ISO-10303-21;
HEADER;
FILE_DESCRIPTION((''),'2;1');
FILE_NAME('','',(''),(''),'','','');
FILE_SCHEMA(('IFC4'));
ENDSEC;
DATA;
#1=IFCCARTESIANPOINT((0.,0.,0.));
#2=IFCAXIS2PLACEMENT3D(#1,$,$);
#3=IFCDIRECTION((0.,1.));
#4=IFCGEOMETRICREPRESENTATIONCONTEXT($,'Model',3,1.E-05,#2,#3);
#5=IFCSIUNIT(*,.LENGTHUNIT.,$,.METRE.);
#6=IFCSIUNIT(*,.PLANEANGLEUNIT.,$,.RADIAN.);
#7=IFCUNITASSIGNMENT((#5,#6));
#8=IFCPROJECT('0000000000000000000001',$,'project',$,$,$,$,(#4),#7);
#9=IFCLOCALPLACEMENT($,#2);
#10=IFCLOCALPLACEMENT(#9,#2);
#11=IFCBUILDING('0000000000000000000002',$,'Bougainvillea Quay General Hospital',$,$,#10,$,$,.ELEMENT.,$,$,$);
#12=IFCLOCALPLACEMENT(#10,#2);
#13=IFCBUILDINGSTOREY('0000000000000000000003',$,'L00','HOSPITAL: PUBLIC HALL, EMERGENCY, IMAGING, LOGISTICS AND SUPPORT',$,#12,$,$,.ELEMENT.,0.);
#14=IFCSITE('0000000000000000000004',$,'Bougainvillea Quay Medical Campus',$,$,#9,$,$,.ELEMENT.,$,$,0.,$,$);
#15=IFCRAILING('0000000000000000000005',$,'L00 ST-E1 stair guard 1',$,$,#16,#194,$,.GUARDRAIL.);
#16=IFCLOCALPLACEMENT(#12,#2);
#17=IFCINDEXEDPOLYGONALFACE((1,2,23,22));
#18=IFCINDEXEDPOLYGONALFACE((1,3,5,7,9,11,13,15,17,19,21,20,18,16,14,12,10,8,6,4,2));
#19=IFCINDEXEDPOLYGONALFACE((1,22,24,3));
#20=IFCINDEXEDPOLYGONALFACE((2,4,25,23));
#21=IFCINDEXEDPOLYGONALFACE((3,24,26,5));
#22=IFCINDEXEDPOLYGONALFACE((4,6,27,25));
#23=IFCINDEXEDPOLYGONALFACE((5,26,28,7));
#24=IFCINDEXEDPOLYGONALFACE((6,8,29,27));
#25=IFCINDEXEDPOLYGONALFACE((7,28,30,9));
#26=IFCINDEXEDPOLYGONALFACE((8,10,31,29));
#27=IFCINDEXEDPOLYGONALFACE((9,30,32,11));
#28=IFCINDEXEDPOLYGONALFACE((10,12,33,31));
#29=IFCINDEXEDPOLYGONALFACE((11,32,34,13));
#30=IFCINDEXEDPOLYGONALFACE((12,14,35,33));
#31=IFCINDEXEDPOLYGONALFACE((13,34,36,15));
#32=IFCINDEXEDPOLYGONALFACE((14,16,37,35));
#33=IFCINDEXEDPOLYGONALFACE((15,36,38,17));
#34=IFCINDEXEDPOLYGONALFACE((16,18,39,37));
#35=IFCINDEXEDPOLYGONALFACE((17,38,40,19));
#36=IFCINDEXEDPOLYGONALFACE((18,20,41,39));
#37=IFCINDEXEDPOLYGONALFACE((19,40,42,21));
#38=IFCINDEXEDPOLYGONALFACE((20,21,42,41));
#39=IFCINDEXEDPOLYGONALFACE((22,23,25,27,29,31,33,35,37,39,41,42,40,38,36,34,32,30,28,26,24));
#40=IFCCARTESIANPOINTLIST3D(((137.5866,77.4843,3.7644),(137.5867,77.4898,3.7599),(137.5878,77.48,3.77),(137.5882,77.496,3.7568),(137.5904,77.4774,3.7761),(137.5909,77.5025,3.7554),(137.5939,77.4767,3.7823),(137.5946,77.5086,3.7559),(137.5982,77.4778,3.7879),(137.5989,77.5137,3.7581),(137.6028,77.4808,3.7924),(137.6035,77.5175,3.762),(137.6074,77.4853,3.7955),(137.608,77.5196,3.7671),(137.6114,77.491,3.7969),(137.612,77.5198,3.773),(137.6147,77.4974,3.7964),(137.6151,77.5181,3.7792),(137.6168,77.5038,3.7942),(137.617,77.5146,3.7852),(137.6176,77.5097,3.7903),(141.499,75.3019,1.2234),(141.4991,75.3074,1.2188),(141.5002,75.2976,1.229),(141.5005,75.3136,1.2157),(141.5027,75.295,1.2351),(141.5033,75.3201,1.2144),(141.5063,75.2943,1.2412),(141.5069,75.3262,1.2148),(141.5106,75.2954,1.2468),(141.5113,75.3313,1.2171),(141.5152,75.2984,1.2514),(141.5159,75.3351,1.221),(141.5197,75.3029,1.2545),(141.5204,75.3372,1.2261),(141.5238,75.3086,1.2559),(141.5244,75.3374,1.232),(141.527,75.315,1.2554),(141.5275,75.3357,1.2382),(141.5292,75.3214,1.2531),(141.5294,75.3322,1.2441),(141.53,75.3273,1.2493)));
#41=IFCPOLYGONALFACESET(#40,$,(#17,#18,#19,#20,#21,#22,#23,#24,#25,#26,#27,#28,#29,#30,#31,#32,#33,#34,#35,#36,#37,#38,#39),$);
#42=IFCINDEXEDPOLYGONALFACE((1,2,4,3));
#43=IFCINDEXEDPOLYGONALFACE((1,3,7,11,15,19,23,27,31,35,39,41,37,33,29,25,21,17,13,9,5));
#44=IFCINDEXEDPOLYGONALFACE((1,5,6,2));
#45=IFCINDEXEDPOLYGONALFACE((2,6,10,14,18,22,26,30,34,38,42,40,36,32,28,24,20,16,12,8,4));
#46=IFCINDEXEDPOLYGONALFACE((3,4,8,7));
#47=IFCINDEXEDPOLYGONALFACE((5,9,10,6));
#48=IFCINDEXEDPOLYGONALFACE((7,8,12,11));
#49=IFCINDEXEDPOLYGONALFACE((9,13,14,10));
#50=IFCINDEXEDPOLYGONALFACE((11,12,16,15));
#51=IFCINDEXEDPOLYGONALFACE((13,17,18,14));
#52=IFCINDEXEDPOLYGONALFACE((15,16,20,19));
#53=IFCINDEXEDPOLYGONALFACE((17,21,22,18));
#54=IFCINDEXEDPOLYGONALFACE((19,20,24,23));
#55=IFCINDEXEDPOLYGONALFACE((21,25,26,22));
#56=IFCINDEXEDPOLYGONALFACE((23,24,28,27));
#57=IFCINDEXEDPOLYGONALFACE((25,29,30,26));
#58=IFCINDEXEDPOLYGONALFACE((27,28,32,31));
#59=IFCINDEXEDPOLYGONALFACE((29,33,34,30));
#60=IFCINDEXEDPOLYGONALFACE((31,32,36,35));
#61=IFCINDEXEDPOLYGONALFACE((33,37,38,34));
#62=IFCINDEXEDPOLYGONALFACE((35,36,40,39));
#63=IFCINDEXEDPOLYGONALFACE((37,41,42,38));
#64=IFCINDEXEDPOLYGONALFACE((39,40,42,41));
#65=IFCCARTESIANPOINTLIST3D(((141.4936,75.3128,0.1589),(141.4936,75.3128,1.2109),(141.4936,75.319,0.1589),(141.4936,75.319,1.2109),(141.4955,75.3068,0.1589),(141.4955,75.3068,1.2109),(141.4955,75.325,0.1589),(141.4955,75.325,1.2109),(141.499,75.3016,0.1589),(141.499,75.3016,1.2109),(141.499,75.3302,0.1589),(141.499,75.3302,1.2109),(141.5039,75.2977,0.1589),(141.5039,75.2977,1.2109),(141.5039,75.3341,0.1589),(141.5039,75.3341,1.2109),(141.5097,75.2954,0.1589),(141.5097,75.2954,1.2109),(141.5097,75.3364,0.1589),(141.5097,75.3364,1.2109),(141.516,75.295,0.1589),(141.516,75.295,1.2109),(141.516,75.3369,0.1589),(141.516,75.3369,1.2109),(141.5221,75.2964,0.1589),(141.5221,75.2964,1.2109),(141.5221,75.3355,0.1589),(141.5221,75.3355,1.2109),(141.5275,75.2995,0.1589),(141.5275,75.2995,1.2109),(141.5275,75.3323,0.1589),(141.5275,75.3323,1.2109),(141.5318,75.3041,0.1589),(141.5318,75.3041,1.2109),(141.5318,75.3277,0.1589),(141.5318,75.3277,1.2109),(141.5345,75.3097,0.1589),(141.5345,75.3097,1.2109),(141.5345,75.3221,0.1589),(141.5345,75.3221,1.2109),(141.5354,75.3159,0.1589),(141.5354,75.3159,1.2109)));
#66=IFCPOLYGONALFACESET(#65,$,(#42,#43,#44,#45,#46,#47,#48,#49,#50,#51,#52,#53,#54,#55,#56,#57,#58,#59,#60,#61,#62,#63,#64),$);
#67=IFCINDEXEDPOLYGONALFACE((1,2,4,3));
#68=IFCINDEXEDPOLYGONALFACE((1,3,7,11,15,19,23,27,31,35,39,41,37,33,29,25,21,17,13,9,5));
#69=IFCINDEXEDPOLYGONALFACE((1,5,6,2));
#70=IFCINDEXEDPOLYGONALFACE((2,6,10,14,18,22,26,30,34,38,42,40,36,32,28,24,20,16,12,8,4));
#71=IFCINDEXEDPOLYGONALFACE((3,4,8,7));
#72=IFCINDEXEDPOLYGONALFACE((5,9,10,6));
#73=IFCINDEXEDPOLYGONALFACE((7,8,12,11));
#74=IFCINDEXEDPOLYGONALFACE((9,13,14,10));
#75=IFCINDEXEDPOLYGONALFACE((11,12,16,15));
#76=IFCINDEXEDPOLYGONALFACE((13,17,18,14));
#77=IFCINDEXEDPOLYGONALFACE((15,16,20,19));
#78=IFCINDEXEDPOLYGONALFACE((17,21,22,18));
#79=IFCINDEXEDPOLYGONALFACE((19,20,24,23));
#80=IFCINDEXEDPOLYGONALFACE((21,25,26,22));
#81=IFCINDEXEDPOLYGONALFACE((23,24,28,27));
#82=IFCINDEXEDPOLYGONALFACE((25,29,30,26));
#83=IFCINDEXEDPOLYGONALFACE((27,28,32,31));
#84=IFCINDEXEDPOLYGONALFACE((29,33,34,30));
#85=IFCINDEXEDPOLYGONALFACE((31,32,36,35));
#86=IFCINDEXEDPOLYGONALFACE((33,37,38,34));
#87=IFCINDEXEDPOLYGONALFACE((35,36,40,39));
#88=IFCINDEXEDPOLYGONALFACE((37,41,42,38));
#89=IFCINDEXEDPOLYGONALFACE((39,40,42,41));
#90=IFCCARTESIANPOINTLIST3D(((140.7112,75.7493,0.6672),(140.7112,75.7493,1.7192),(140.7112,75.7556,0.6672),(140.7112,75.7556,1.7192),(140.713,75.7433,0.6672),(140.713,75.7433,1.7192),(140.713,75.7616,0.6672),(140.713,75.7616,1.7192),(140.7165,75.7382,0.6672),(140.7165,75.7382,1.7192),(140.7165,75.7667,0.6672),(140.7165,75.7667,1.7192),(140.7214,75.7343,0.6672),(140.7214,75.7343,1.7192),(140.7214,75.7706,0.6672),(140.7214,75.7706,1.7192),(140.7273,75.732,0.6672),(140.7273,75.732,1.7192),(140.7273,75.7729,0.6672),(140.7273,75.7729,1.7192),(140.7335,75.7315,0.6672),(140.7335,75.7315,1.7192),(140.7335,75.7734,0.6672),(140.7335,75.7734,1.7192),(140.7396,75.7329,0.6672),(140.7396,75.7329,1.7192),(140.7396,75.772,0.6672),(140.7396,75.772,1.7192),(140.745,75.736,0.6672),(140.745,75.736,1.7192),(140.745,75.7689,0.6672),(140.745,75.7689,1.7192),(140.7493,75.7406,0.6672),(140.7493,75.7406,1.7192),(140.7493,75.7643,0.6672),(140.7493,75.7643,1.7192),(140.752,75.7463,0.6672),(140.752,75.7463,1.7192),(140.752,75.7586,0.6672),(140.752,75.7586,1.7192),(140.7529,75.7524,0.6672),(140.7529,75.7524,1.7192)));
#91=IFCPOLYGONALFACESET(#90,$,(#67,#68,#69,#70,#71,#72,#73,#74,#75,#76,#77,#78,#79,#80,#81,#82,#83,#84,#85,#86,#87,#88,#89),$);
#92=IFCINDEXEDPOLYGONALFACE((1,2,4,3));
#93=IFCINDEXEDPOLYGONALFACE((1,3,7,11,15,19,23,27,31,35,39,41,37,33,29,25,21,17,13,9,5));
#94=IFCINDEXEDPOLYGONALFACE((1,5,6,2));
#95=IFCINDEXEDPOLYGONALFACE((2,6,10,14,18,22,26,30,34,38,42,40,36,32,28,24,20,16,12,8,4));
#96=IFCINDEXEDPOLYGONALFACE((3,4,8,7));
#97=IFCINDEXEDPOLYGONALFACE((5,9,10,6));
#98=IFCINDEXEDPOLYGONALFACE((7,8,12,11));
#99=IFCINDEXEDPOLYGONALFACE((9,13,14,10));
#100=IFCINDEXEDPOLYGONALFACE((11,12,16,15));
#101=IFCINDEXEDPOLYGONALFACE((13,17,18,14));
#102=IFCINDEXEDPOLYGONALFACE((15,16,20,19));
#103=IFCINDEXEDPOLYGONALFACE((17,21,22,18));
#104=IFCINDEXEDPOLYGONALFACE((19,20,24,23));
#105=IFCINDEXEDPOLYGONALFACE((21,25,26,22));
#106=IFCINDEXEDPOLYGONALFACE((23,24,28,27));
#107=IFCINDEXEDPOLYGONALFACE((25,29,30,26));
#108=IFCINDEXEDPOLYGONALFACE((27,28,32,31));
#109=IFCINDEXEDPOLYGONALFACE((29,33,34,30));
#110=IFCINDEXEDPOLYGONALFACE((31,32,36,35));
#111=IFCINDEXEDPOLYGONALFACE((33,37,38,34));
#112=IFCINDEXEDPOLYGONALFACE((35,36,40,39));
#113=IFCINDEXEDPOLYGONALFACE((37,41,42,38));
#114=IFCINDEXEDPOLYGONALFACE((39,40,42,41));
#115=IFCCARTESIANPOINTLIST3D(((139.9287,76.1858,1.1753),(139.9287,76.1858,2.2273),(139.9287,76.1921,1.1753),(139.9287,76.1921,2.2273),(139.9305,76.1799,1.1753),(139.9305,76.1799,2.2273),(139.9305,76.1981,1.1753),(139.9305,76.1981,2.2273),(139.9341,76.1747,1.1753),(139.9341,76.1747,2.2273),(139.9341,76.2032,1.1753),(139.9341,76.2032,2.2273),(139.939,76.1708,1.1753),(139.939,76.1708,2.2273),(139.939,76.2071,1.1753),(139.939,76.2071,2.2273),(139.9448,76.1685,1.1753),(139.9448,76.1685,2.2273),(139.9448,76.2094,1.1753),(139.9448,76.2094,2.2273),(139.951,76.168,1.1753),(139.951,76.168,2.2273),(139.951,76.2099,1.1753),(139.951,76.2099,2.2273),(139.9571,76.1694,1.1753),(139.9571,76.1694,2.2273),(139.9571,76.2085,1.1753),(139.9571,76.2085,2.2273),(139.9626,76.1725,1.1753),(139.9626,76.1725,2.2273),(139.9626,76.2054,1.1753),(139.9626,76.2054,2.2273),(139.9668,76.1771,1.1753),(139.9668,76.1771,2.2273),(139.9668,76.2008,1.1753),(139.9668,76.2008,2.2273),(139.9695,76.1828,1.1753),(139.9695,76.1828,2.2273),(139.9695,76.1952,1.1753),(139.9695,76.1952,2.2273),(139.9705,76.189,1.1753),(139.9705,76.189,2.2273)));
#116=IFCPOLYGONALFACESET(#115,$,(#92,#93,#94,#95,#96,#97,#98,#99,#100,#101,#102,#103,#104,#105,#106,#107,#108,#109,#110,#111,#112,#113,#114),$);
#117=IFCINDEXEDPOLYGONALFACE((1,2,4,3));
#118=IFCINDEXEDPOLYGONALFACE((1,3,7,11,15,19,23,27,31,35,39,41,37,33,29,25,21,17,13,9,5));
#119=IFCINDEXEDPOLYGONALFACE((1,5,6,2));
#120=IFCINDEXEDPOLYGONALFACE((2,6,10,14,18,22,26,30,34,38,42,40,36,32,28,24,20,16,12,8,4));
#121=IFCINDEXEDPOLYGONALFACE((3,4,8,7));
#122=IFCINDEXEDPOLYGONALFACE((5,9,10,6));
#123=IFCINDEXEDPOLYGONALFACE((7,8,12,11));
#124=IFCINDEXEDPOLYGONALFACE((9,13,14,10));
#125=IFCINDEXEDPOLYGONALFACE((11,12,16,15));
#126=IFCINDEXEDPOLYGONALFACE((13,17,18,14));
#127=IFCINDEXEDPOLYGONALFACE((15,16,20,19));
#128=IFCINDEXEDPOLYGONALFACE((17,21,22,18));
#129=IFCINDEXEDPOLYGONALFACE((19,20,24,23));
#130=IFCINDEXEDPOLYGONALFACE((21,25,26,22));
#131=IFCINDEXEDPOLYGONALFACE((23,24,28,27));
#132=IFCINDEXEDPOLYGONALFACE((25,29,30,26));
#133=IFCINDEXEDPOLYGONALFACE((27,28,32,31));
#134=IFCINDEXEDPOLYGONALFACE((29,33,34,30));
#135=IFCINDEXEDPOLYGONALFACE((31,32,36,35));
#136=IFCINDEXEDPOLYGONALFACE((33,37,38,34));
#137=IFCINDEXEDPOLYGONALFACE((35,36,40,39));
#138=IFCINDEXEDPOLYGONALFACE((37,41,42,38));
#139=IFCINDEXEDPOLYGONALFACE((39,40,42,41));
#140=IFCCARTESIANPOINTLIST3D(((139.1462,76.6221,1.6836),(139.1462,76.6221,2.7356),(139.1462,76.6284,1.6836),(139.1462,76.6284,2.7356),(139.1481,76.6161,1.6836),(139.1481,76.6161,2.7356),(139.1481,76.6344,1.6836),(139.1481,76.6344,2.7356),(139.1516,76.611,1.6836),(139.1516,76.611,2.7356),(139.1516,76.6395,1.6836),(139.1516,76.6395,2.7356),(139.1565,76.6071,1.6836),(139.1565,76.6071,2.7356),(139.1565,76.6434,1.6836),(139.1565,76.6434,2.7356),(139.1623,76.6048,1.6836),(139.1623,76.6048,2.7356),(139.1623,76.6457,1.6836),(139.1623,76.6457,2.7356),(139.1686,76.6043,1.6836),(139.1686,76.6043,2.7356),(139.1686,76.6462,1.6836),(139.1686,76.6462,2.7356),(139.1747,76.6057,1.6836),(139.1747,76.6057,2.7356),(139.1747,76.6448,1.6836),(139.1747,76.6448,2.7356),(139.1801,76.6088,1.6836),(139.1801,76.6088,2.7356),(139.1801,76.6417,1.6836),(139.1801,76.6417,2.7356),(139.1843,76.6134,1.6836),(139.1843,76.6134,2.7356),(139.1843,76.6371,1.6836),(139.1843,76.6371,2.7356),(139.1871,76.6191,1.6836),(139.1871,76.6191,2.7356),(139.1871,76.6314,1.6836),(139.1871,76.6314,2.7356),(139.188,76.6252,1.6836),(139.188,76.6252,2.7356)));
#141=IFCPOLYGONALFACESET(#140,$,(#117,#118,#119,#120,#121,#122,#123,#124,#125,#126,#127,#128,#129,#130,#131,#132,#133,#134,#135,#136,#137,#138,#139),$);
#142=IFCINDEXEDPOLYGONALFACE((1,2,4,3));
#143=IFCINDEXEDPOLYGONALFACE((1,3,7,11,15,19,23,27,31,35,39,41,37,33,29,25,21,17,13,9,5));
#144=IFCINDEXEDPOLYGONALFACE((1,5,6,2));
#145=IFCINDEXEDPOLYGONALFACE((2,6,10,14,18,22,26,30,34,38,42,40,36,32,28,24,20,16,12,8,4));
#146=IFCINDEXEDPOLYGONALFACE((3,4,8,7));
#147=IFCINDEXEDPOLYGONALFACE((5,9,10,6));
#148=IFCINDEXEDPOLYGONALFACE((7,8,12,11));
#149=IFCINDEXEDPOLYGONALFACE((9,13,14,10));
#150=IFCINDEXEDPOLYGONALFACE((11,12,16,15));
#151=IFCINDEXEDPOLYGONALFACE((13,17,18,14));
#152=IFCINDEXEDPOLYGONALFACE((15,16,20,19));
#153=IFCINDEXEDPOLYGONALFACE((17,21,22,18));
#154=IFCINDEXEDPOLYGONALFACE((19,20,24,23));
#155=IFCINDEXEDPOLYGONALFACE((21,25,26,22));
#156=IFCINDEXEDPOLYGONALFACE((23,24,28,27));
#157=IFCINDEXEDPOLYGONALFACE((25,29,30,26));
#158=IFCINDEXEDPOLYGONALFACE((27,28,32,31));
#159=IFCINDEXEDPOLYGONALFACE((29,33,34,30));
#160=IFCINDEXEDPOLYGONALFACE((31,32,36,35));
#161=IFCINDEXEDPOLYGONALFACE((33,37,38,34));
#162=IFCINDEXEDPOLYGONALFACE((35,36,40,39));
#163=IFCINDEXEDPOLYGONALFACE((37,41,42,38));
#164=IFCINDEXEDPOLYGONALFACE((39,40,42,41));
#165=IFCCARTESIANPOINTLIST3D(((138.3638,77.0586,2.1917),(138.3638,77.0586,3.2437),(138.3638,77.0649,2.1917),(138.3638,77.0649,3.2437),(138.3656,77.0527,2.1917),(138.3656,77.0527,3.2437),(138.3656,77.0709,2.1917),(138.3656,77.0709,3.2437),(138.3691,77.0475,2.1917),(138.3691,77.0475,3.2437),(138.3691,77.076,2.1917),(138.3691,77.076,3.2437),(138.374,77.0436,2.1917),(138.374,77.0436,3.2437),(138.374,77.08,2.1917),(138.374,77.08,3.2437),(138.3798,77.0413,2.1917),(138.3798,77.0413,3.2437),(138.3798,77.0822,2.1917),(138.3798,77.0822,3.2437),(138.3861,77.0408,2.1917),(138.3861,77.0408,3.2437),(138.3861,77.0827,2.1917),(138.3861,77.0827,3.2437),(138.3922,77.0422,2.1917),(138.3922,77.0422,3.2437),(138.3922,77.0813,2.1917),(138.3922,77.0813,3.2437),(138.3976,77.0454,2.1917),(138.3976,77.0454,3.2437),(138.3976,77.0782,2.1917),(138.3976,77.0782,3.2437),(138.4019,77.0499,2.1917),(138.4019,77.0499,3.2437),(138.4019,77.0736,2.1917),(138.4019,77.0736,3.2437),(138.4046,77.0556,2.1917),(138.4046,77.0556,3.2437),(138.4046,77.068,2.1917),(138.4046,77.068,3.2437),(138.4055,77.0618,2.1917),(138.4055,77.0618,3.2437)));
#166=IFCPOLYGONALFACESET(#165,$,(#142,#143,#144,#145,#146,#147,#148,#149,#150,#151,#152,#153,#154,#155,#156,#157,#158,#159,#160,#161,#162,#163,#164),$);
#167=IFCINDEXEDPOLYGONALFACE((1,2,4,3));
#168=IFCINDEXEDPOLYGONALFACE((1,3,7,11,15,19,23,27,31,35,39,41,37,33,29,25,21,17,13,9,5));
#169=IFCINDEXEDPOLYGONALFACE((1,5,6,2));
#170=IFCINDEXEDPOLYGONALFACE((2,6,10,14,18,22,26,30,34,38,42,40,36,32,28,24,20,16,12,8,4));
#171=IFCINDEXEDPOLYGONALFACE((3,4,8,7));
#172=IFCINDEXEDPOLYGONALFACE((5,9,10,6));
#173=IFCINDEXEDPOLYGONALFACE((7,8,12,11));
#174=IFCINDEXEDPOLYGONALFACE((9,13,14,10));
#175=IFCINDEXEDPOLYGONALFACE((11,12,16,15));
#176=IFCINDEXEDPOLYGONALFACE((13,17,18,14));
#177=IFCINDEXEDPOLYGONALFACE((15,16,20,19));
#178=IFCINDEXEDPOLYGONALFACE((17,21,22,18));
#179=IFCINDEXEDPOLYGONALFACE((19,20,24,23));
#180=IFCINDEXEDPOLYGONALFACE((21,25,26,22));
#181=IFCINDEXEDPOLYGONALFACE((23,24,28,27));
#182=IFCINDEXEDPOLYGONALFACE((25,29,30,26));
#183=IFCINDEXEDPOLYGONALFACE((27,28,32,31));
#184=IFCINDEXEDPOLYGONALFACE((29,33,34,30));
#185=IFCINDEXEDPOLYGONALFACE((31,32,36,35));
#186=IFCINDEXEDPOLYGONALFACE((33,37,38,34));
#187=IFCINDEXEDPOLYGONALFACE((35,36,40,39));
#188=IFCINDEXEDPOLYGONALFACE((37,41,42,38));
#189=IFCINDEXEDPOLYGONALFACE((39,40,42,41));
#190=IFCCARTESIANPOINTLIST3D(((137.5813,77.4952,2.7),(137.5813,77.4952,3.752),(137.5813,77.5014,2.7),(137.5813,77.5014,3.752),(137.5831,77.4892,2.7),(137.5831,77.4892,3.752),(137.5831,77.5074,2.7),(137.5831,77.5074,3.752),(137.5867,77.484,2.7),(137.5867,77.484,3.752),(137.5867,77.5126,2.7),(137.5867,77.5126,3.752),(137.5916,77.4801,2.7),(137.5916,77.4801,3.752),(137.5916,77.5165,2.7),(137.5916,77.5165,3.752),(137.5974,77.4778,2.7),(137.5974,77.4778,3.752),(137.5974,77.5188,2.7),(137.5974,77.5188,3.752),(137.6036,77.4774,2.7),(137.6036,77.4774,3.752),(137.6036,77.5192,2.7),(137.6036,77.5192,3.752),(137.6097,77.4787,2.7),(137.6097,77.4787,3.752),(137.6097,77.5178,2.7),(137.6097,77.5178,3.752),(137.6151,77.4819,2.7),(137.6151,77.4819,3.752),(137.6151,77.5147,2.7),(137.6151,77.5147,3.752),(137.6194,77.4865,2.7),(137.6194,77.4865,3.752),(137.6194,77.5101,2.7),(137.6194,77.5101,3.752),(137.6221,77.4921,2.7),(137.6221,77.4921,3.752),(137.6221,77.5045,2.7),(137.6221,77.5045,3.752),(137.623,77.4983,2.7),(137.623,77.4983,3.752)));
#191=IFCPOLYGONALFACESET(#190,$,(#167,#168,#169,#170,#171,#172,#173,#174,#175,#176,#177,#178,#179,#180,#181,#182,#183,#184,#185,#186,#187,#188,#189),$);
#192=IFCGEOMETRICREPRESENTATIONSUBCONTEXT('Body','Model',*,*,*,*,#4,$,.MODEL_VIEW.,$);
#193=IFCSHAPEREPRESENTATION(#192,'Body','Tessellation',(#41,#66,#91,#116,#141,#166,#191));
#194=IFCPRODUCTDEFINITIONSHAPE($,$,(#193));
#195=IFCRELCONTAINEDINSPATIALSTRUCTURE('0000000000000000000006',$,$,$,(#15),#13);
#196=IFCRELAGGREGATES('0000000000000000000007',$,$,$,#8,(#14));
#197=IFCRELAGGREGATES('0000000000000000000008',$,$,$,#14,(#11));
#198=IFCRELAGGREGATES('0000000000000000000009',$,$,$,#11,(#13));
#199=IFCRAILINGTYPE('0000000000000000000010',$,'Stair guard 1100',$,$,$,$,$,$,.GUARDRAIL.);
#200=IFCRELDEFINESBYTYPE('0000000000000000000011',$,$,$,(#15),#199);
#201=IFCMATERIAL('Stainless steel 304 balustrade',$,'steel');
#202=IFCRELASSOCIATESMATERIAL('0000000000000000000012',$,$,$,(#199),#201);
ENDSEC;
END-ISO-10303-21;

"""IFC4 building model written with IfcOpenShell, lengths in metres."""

from ifc_helpers import new_model, si_unit, direction, frame, origin, origin_2d, place, context, subcontext, project, spatial, circle, extrude, material, type_object, element, save


model = new_model("IFC4")

# Units and contexts
model_context = context("Model", 3, precision=1e-05, world=origin(), true_north=direction((0.0, 1.0)))
body_context = subcontext(model_context, "Body", "Model", "MODEL_VIEW")
ifc_project = project(units=[si_unit("LENGTHUNIT", "METRE"), si_unit("PLANEANGLEUNIT", "RADIAN")], contexts=[model_context])

# Site, building, storey
site_placement = place(None, origin())
site = spatial("IfcSite", under=ifc_project, at=site_placement, Name="Bougainvillea Quay Medical Campus", CompositionType="ELEMENT", RefElevation=0.0)
building_placement = place(site_placement, origin())
building = spatial("IfcBuilding", under=site, at=building_placement, Name="Bougainvillea Quay General Hospital", CompositionType="ELEMENT")
storey_placement = place(building_placement, origin())
storey = spatial("IfcBuildingStorey", under=building, at=storey_placement, Name="L00", Description="HOSPITAL: PUBLIC HALL, EMERGENCY, IMAGING, LOGISTICS AND SUPPORT", CompositionType="ELEMENT", Elevation=0.0)

# Railing
ifc_material_1 = material(Name="Stainless steel 304 balustrade", Category="steel")
railing_type_1 = type_object("IfcRailingType", Name="Stair guard 1100", PredefinedType="GUARDRAIL", material=ifc_material_1)
railing_1_placement = place(storey_placement, frame((141.5144, 75.3159, 0.1589)))
element("IfcRailing", 1, at=railing_1_placement, inside=storey, type_object=railing_type_1, Name="L00 ST-E1 stair guard 1", PredefinedType="GUARDRAIL", context=body_context, shape_type="SweptSolid", body=[
    extrude(circle(Radius=0.0239, at=origin_2d()), frame((0.0, 0.0, 1.0762), z_axis=(-0.75963, 0.423734, 0.493368), x_axis=(-0.487151, -0.873318, 0.0)), (0.0, 0.0, 1.0), 5.1504),
    extrude(circle(Radius=0.021, at=origin_2d()), origin(), (0.0, 0.0, 1.0), 1.052),
    extrude(circle(Radius=0.021, at=origin_2d()), frame((-0.7825, 0.4365, 0.5083)), (0.0, 0.0, 1.0), 1.052),
    extrude(circle(Radius=0.021, at=origin_2d()), frame((-1.5649, 0.873, 1.0164)), (0.0, 0.0, 1.0), 1.052),
    extrude(circle(Radius=0.021, at=origin_2d()), frame((-2.3474, 1.3093, 1.5247)), (0.0, 0.0, 1.0), 1.052),
    extrude(circle(Radius=0.021, at=origin_2d()), frame((-3.1299, 1.7458, 2.0327)), (0.0, 0.0, 1.0), 1.052),
    extrude(circle(Radius=0.021, at=origin_2d()), frame((-3.9124, 2.1824, 2.541)), (0.0, 0.0, 1.0), 1.052),
])

save(model, "model.ifc")
